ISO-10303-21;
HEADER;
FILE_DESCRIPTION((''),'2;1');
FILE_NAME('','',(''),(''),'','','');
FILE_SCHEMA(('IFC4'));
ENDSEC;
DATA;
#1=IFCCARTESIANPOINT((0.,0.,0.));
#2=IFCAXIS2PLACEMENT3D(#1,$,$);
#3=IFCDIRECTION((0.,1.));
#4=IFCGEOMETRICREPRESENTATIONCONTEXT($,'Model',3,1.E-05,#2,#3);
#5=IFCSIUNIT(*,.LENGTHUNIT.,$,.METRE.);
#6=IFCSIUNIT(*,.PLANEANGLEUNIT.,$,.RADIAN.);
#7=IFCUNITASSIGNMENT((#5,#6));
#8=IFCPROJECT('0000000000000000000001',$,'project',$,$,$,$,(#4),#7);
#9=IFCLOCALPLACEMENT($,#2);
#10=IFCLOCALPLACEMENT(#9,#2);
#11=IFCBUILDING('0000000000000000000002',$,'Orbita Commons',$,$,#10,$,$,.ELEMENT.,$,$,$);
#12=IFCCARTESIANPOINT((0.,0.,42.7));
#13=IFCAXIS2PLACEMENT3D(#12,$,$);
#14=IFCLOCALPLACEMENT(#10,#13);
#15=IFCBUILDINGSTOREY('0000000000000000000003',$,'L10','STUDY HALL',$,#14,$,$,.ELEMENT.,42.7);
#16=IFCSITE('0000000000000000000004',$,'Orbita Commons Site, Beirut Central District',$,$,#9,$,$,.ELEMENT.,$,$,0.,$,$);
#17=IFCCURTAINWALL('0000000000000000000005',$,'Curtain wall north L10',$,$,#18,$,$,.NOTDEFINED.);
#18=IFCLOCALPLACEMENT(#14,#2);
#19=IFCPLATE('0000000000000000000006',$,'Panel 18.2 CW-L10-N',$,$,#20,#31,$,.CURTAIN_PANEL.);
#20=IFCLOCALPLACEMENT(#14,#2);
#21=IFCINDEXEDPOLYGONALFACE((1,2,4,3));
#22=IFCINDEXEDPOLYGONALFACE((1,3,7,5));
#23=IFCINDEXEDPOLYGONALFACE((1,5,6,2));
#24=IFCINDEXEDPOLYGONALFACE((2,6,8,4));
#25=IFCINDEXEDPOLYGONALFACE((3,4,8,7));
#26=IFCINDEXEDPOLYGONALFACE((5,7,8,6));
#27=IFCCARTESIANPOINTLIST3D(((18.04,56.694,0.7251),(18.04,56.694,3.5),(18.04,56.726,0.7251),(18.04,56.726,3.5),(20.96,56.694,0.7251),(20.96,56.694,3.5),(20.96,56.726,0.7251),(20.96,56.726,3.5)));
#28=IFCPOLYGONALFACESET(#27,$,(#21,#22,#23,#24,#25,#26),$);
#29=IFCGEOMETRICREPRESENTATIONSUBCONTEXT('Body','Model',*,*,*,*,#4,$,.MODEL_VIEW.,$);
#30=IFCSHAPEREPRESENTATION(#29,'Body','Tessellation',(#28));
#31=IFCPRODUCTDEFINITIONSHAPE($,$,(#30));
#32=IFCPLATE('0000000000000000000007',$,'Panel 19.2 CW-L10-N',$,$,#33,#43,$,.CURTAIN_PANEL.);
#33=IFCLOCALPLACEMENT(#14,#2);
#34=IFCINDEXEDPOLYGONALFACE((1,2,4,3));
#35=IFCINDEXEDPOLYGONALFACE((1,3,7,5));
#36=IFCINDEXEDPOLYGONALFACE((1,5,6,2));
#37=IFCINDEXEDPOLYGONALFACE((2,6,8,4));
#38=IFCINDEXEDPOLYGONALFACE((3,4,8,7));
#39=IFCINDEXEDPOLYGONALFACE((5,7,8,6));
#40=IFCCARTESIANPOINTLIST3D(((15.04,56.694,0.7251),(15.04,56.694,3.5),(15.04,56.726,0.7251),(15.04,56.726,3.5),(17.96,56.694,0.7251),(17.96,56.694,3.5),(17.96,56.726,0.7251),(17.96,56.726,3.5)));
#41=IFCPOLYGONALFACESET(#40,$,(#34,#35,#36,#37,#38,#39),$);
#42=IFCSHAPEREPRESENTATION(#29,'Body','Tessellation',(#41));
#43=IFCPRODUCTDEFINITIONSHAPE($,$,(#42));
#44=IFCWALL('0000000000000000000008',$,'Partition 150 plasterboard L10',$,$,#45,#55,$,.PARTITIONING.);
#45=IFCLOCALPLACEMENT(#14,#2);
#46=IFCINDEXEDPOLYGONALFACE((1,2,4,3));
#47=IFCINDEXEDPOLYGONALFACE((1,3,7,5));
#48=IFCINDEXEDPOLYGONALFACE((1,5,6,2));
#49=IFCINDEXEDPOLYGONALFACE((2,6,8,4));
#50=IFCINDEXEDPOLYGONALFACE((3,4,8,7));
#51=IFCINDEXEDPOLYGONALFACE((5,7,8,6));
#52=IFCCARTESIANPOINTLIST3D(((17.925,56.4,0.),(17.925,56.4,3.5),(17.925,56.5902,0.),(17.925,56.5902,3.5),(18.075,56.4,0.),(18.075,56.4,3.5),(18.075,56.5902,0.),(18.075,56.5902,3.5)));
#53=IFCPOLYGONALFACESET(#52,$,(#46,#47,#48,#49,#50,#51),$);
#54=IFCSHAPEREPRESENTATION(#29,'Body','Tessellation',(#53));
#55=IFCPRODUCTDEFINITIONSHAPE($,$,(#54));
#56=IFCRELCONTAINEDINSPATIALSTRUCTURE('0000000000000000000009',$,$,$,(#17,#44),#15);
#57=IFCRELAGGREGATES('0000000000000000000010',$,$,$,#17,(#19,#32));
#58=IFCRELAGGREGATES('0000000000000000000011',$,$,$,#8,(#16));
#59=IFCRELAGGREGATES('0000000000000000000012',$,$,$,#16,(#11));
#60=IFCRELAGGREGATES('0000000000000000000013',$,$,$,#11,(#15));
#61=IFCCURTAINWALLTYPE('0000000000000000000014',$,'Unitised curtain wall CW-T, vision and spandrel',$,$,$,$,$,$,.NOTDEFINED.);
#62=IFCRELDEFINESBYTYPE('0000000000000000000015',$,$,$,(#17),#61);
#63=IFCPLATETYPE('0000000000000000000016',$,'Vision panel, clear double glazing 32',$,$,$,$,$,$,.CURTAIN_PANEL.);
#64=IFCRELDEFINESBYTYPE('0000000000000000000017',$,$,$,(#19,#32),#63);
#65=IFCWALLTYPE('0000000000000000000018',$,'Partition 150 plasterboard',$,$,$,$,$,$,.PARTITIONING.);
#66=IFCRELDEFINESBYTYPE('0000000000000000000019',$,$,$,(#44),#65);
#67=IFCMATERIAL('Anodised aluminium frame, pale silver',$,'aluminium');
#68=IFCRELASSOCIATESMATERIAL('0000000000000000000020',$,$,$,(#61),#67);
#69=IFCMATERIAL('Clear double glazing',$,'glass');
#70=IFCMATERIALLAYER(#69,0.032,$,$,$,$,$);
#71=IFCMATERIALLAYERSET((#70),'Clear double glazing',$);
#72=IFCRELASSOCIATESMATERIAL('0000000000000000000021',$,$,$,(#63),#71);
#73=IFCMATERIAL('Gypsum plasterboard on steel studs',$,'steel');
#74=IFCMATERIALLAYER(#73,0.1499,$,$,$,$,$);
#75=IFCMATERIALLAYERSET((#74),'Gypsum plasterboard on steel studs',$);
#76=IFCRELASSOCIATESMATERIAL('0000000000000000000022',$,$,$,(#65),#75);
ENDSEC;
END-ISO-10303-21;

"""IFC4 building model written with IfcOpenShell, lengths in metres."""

from ifc_helpers import new_model, si_unit, direction, frame, frame_2d, origin, origin_2d, place, context, subcontext, project, spatial, rectangle, extrude, material, layer, layer_set, type_object, element, aggregate, save


model = new_model("IFC4")

# Units and contexts
model_context = context("Model", 3, precision=1e-05, world=origin(), true_north=direction((0.0, 1.0)))
body_context = subcontext(model_context, "Body", "Model", "MODEL_VIEW")
ifc_project = project(units=[si_unit("LENGTHUNIT", "METRE"), si_unit("PLANEANGLEUNIT", "RADIAN")], contexts=[model_context])

# Site, building, storey
site_placement = place(None, origin())
site = spatial("IfcSite", under=ifc_project, at=site_placement, Name="Orbita Commons Site, Beirut Central District", CompositionType="ELEMENT", RefElevation=0.0)
building_placement = place(site_placement, origin())
building = spatial("IfcBuilding", under=site, at=building_placement, Name="Orbita Commons", CompositionType="ELEMENT")
storey_placement = place(building_placement, frame((0.0, 0.0, 42.7)))
storey = spatial("IfcBuildingStorey", under=building, at=storey_placement, Name="L10", Description="STUDY HALL", CompositionType="ELEMENT", Elevation=42.7)

# Curtain wall
ifc_material_1 = material(Name="Anodised aluminium frame, pale silver", Category="aluminium")
curtain_wall_type = type_object("IfcCurtainWallType", Name="Unitised curtain wall CW-T, vision and spandrel", PredefinedType="NOTDEFINED", material=ifc_material_1)
curtain_wall_placement = place(storey_placement, origin())
curtain_wall = element("IfcCurtainWall", 1, at=curtain_wall_placement, inside=storey, type_object=curtain_wall_type, Name="Curtain wall north L10", PredefinedType="NOTDEFINED")

# Plates
ifc_material_2 = material(Name="Clear double glazing", Category="glass")
ifc_layer_1 = layer(ifc_material_2, 0.032)
ifc_layer_set_1 = layer_set([ifc_layer_1], Name="Clear double glazing")
plate_type_1 = type_object("IfcPlateType", Name="Vision panel, clear double glazing 32", PredefinedType="CURTAIN_PANEL", material=ifc_layer_set_1)
plate_1_placement = place(storey_placement, frame((19.5, 56.71, 0.7251), z_axis=(0.0, 0.0, 1.0), x_axis=(-1.0, 0.0, 0.0)))
plate_1 = element("IfcPlate", 2, at=plate_1_placement, type_object=plate_type_1, Name="Panel 18.2 CW-L10-N", PredefinedType="CURTAIN_PANEL", context=body_context, shape_type="SweptSolid", body=[
    extrude(rectangle(XDim=2.9199, YDim=0.032, at=origin_2d()), origin(), (0.0, 0.0, 1.0), 2.7749),
])
plate_2_placement = place(storey_placement, frame((16.5, 56.71, 0.7251), z_axis=(0.0, 0.0, 1.0), x_axis=(-1.0, 0.0, 0.0)))
plate_2 = element("IfcPlate", 3, at=plate_2_placement, type_object=plate_type_1, Name="Panel 19.2 CW-L10-N", PredefinedType="CURTAIN_PANEL", context=body_context, shape_type="SweptSolid", body=[
    extrude(rectangle(XDim=2.9199, YDim=0.032, at=origin_2d()), origin(), (0.0, 0.0, 1.0), 2.7749),
])
aggregate(curtain_wall, [plate_1, plate_2])

# Wall
ifc_material_3 = material(Name="Gypsum plasterboard on steel studs", Category="steel")
ifc_layer_2 = layer(ifc_material_3, 0.1499)
ifc_layer_set_2 = layer_set([ifc_layer_2], Name="Gypsum plasterboard on steel studs")
wall_type = type_object("IfcWallType", Name="Partition 150 plasterboard", PredefinedType="PARTITIONING", material=ifc_layer_set_2)
wall_placement = place(storey_placement, frame((18.0, 56.3999, 0.0), z_axis=(0.0, 0.0, 1.0), x_axis=(0.0, 1.0, 0.0)))
element("IfcWall", 4, at=wall_placement, inside=storey, type_object=wall_type, Name="Partition 150 plasterboard L10", PredefinedType="PARTITIONING", context=body_context, shape_type="SweptSolid", body=[
    extrude(rectangle(XDim=0.1902, YDim=0.1499, at=frame_2d((0.0952, 0.0))), origin(), (0.0, 0.0, 1.0), 3.5),
])

save(model, "model.ifc")
